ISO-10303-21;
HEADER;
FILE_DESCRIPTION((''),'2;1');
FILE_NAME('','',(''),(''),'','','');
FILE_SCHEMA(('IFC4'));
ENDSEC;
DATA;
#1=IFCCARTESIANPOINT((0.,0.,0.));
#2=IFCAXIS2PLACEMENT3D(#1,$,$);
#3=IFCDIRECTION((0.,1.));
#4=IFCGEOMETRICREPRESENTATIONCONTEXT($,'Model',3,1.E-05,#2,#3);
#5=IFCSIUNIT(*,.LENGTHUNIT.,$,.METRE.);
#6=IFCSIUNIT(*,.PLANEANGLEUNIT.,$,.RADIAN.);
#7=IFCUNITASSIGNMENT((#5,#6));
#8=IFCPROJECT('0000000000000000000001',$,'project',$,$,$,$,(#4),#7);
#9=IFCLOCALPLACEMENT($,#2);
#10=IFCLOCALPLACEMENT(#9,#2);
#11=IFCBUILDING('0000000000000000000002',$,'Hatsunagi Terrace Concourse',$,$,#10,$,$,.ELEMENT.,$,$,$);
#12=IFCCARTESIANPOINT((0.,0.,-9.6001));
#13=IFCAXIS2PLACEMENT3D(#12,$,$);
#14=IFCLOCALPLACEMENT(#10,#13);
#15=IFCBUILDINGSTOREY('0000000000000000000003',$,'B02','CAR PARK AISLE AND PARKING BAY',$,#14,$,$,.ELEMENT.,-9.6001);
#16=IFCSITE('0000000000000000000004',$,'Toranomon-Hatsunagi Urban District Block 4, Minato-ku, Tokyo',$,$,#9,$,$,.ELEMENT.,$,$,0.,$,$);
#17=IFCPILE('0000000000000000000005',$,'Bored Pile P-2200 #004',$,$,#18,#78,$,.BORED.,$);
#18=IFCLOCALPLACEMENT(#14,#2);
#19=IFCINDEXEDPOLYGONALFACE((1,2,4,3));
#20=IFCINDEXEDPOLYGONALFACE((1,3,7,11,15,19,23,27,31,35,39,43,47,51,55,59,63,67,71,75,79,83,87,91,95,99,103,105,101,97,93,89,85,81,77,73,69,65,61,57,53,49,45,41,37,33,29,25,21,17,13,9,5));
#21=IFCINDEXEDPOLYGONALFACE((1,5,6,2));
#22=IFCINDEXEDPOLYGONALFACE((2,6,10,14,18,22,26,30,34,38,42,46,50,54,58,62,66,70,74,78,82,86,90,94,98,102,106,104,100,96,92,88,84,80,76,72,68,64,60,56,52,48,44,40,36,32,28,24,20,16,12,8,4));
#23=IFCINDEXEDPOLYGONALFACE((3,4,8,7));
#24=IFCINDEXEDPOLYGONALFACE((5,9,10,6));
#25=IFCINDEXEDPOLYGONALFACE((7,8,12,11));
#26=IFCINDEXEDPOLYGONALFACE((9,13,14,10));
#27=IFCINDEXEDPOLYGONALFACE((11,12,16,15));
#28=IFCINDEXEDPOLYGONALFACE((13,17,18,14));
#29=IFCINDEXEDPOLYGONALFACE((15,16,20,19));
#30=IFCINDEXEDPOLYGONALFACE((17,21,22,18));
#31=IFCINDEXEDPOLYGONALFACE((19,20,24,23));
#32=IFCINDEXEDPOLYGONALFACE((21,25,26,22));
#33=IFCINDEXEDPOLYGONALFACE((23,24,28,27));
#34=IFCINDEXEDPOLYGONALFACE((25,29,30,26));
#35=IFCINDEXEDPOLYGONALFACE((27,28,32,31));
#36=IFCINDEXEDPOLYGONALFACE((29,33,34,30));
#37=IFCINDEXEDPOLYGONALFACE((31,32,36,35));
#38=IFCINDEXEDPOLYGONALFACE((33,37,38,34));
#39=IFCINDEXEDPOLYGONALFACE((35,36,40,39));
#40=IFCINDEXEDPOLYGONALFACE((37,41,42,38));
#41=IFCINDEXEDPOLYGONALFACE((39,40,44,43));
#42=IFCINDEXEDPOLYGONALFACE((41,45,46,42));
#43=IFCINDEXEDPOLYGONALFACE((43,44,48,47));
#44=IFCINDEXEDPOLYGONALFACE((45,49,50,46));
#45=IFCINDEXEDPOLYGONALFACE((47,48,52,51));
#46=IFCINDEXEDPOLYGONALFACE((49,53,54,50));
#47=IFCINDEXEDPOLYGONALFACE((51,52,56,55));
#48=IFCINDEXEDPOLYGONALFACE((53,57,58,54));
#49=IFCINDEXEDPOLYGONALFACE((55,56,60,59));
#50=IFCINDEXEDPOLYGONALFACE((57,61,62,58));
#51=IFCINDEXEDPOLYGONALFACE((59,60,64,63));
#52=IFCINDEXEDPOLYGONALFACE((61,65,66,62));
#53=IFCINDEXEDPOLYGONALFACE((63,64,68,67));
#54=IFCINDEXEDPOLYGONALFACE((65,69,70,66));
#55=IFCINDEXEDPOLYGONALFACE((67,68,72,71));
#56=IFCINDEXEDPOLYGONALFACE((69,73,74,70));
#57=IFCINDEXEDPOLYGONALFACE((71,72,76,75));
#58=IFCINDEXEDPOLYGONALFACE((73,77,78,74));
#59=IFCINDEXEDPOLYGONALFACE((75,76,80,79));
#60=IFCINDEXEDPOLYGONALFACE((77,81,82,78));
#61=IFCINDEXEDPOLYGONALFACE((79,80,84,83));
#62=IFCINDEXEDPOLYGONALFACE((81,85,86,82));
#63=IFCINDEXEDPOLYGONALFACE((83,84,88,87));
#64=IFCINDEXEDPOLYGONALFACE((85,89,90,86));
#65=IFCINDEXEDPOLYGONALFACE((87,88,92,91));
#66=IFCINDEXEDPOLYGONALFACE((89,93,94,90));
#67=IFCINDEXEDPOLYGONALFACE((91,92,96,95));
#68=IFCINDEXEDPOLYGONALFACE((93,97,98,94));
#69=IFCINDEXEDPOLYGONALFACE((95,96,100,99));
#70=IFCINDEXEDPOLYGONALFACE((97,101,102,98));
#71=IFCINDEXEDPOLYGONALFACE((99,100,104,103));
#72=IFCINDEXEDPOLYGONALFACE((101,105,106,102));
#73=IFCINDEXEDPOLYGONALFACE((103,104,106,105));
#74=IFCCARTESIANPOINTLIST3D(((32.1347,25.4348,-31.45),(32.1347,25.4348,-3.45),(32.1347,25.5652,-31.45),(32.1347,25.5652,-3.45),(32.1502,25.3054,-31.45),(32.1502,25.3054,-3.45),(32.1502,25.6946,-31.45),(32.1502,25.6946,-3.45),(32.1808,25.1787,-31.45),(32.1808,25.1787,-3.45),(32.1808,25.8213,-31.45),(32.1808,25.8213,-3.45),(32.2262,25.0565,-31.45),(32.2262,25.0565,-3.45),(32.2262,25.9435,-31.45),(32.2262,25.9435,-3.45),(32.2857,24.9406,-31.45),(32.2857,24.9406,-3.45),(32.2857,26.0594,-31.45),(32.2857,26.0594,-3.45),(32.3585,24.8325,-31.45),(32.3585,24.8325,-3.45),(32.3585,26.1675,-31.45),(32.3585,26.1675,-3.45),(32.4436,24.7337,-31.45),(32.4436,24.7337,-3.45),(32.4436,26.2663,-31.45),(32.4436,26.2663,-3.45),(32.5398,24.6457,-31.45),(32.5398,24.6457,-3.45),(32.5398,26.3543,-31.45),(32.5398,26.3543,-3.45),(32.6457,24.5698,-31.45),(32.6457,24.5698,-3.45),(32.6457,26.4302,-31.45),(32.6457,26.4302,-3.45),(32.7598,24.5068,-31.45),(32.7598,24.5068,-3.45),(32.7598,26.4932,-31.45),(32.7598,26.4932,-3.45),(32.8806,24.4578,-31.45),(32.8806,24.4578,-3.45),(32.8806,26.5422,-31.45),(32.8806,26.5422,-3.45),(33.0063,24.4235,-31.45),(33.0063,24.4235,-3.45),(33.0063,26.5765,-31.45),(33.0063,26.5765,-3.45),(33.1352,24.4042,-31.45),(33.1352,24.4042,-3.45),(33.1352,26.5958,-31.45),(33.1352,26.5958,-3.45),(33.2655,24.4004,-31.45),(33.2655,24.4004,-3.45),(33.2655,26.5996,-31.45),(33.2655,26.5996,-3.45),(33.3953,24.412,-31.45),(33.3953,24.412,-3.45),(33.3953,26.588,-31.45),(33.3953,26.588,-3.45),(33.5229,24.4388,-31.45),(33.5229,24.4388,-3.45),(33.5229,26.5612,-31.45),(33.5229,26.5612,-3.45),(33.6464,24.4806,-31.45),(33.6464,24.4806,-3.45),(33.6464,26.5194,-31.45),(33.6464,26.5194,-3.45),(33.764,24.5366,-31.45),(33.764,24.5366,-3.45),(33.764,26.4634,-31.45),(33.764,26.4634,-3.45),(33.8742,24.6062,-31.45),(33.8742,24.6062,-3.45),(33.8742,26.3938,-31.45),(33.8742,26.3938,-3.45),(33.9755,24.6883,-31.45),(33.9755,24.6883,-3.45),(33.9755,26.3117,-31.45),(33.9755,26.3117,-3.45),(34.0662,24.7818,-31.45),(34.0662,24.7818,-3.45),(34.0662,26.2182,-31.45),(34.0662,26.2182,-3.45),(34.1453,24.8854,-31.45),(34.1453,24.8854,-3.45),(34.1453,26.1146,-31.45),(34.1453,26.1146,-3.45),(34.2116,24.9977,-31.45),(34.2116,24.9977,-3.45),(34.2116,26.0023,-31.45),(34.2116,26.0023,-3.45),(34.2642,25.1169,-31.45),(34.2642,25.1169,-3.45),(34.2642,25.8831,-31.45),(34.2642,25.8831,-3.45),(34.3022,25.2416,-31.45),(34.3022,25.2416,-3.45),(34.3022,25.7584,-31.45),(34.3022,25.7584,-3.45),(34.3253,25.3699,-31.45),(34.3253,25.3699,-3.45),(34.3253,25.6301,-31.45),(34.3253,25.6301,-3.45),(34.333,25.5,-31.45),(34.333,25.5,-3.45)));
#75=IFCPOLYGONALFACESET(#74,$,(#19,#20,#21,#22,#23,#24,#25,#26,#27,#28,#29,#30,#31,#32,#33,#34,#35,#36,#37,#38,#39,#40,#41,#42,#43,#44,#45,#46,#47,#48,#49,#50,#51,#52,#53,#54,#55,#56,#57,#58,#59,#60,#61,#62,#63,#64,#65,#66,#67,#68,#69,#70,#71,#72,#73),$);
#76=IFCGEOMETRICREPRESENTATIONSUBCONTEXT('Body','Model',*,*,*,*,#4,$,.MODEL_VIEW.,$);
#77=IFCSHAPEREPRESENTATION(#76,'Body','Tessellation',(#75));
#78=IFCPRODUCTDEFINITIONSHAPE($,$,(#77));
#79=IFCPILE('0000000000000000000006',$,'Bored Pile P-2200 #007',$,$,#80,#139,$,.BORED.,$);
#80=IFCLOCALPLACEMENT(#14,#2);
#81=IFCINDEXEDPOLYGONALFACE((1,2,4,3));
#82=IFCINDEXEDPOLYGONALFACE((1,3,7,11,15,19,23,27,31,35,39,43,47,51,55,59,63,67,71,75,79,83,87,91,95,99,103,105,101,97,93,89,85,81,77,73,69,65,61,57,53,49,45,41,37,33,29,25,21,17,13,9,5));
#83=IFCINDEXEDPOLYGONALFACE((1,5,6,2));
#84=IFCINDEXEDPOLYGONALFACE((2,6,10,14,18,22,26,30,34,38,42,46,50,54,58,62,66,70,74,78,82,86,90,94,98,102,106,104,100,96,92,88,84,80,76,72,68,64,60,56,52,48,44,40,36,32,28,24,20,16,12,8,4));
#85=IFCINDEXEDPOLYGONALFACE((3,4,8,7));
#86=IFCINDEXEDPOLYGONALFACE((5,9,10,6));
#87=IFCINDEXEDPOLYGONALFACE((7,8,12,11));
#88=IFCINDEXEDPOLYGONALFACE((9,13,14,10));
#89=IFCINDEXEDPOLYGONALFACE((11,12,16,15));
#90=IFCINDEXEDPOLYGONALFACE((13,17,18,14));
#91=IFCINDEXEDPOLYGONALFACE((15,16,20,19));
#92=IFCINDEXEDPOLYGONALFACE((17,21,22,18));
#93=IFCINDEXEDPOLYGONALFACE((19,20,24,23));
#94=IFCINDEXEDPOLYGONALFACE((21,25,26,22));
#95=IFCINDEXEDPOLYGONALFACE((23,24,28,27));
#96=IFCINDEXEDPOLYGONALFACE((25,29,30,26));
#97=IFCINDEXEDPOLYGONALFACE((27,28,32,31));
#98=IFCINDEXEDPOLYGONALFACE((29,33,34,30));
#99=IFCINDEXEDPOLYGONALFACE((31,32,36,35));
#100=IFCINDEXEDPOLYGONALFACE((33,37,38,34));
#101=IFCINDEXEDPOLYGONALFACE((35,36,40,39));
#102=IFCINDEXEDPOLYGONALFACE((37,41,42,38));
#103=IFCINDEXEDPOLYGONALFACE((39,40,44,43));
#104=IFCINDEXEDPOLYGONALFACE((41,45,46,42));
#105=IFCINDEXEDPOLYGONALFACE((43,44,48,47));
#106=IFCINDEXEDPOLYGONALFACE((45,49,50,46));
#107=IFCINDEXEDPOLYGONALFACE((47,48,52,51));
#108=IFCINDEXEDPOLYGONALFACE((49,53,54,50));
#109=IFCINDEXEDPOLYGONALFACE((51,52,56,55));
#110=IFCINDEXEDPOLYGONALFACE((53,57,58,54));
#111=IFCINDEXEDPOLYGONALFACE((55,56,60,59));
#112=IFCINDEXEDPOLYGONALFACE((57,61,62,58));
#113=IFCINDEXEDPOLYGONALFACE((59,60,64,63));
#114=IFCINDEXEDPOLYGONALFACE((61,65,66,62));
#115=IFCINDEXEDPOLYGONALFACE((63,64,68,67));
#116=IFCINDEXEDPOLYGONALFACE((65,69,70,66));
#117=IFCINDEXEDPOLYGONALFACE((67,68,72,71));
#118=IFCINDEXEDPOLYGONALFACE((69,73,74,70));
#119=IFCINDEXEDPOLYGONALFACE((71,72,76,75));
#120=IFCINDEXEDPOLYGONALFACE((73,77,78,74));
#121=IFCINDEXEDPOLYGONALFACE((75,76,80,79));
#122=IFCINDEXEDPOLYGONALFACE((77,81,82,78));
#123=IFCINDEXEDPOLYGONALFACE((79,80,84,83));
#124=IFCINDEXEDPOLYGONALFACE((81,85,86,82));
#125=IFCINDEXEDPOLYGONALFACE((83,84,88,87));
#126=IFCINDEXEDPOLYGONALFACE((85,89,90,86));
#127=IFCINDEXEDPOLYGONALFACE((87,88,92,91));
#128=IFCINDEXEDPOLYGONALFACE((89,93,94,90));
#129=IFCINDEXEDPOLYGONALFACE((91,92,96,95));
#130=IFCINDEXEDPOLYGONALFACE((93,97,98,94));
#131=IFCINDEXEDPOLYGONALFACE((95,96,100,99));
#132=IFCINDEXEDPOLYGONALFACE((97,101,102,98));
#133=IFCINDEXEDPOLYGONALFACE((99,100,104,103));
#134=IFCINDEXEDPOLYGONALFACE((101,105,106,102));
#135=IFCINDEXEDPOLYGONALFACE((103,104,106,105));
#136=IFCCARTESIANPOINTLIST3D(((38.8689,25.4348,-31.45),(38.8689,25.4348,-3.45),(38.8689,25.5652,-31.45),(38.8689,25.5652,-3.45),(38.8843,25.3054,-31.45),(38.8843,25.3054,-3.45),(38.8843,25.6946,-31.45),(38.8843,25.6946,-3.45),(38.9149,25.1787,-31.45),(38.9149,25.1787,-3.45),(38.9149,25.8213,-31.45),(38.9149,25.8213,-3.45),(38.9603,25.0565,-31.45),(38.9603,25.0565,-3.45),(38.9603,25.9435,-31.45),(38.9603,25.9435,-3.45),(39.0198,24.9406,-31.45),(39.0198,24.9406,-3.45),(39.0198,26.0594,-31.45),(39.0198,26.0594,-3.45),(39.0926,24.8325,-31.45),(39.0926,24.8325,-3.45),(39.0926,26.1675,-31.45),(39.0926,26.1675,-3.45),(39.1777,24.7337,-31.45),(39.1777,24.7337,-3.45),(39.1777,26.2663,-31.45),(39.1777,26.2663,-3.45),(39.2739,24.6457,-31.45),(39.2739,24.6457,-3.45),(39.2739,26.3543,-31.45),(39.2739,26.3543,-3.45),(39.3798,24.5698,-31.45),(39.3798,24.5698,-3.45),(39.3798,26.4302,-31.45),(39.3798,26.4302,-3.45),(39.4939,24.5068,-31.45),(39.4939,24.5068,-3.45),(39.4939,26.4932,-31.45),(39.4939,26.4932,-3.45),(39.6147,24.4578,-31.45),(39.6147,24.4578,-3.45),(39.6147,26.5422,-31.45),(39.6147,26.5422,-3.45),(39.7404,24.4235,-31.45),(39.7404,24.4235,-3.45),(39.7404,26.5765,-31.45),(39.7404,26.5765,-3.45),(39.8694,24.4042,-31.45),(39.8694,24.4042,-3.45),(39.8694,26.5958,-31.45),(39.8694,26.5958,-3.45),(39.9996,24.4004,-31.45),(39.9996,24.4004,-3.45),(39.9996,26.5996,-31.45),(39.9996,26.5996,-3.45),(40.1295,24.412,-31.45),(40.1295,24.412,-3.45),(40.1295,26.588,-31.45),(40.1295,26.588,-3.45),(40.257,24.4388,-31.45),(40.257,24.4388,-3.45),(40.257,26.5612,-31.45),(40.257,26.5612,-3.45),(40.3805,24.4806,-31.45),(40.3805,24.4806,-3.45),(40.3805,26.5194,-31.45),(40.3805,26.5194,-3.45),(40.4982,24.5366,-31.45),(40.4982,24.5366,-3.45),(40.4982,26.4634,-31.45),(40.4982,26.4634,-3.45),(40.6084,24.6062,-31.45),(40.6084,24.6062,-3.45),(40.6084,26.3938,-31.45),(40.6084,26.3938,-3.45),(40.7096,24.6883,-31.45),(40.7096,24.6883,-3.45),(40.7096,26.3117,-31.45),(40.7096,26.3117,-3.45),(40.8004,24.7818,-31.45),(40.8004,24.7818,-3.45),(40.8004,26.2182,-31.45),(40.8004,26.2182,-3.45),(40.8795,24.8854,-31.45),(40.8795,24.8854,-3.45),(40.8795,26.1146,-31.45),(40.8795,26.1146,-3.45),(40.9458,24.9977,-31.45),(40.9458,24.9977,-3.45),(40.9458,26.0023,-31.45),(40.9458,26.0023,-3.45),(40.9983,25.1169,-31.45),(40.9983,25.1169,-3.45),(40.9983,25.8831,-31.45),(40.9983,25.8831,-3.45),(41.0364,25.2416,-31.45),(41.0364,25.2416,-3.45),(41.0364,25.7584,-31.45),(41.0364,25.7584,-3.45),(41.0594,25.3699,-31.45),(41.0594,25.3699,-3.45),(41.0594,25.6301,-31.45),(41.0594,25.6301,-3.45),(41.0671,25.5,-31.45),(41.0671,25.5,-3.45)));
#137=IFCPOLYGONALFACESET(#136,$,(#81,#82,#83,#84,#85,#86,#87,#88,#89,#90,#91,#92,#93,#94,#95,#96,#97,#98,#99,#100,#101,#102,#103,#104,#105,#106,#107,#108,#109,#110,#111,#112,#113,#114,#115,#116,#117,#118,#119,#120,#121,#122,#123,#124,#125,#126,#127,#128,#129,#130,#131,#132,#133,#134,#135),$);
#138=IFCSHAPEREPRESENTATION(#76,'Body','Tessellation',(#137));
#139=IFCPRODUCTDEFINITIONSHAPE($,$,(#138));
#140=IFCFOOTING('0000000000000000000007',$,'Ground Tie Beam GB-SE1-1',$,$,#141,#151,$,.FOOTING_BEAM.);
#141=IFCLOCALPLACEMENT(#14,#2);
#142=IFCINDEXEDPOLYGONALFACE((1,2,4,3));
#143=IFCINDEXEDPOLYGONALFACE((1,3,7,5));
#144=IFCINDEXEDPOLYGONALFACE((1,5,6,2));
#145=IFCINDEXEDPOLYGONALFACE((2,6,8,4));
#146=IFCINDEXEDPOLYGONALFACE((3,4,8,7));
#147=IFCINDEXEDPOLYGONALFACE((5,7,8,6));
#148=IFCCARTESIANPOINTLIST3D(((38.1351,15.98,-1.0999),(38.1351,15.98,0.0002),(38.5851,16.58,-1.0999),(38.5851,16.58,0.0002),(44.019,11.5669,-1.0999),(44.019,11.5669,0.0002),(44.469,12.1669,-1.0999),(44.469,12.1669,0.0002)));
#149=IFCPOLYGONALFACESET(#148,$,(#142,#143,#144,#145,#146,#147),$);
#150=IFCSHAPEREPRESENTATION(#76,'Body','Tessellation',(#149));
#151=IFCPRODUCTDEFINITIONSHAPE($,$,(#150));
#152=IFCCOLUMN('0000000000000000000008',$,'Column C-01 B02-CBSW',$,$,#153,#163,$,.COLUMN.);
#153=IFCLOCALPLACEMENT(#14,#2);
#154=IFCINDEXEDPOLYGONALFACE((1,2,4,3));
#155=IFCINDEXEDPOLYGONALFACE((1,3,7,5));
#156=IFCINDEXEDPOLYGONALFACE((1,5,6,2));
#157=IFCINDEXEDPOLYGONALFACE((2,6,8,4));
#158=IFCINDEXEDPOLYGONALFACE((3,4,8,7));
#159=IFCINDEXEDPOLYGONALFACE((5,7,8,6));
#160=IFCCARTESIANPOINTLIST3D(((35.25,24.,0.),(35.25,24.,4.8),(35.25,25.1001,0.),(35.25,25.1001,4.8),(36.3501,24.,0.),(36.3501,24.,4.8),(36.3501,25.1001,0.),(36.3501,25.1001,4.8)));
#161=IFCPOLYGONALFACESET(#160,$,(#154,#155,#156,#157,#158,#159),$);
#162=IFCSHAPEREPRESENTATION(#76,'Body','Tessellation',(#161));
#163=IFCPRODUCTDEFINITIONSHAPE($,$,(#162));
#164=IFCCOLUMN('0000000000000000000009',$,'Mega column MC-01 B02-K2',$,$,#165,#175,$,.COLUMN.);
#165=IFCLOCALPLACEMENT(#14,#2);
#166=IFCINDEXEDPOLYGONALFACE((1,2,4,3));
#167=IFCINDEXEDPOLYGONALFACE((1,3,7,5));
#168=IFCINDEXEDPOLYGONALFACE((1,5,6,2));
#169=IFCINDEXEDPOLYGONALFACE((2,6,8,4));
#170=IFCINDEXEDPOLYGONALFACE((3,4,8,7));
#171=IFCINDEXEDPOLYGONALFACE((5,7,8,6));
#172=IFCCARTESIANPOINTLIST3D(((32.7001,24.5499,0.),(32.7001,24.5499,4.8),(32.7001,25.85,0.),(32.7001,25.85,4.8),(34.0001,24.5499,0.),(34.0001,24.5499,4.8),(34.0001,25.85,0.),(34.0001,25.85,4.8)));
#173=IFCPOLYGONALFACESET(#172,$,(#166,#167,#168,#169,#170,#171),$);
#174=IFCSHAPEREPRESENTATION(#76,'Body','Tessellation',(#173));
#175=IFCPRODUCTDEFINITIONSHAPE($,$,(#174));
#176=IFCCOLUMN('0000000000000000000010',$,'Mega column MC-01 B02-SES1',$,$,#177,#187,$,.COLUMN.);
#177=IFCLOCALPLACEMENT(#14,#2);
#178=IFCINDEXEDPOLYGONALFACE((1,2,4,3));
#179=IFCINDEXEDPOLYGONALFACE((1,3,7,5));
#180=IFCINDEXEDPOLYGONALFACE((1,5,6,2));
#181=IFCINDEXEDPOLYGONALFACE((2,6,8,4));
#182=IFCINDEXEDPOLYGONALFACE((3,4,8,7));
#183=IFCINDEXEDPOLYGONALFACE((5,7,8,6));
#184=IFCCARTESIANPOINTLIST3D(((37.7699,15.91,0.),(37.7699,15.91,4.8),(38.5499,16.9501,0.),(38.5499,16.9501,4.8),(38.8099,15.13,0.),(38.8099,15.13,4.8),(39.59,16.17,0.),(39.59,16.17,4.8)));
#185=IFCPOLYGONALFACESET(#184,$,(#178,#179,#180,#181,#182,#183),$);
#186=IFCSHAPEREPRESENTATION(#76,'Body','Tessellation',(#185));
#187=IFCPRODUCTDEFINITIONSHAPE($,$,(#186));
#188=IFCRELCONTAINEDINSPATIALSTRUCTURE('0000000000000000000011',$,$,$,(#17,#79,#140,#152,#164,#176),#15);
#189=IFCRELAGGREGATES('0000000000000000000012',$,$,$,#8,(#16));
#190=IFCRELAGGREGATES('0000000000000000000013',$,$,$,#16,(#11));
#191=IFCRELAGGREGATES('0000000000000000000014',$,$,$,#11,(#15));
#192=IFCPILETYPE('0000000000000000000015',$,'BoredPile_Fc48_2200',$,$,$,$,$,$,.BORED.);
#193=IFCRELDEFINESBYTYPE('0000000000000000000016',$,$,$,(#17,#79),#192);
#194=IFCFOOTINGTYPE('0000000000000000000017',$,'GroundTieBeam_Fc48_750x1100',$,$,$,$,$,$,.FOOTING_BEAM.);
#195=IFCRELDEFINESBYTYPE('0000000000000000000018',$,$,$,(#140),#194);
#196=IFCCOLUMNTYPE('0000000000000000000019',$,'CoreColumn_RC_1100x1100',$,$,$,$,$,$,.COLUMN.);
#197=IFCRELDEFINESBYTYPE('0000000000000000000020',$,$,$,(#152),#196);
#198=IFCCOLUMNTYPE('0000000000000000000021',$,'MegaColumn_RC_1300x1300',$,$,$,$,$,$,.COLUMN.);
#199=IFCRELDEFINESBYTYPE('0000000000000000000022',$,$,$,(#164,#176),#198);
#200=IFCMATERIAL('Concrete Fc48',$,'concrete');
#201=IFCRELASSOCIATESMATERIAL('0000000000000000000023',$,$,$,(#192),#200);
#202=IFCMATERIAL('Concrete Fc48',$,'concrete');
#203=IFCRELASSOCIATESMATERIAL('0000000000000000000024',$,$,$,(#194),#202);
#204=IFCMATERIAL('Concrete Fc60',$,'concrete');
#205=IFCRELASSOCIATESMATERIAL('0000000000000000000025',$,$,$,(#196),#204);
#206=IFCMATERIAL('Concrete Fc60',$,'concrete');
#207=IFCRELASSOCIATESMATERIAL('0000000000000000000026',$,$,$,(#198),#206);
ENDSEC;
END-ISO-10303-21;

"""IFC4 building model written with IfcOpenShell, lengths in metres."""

from ifc_helpers import new_model, si_unit, direction, frame, origin, origin_2d, place, context, subcontext, project, spatial, rectangle, circle, extrude, material, material_profile, profile_set, type_object, element, save


model = new_model("IFC4")

# Units and contexts
model_context = context("Model", 3, precision=1e-05, world=origin(), true_north=direction((0.0, 1.0)))
body_context = subcontext(model_context, "Body", "Model", "MODEL_VIEW")
ifc_project = project(units=[si_unit("LENGTHUNIT", "METRE"), si_unit("PLANEANGLEUNIT", "RADIAN")], contexts=[model_context])

# Site, building, storey
site_placement = place(None, origin())
site = spatial("IfcSite", under=ifc_project, at=site_placement, Name="Toranomon-Hatsunagi Urban District Block 4, Minato-ku, Tokyo", CompositionType="ELEMENT", RefElevation=0.0)
building_placement = place(site_placement, origin())
building = spatial("IfcBuilding", under=site, at=building_placement, Name="Hatsunagi Terrace Concourse", CompositionType="ELEMENT")
storey_placement = place(building_placement, frame((0.0, 0.0, -9.6001)))
storey = spatial("IfcBuildingStorey", under=building, at=storey_placement, Name="B02", Description="CAR PARK AISLE AND PARKING BAY", CompositionType="ELEMENT", Elevation=-9.6001)

# Piles
ifc_material_1 = material(Name="Concrete Fc48", Category="concrete")
ifc_material_profile_1 = material_profile(ifc_material_1, circle(Radius=1.1001, at=origin_2d()), Name="PILE-2200")
ifc_profile_set_1 = profile_set([ifc_material_profile_1], Name="Concrete Fc48")
pile_type = type_object("IfcPileType", Name="BoredPile_Fc48_2200", PredefinedType="BORED", material=ifc_profile_set_1)
for number, where, z_axis, x_axis, name in (
    (1, (33.2329, 25.5, -3.45), (0.0, 0.0, -1.0), (1.0, 0.0, 0.0), "Bored Pile P-2200 #004"),
    (2, (39.967, 25.5, -3.45), (0.0, 0.0, -1.0), (1.0, 0.0, 0.0), "Bored Pile P-2200 #007"),
):
    element("IfcPile", number, at=place(storey_placement, frame(where, z_axis=z_axis, x_axis=x_axis)), inside=storey, type_object=pile_type, Name=name, PredefinedType="BORED", context=body_context, shape_type="SweptSolid", body=[
        extrude(circle(Radius=1.1001, at=origin_2d()), origin(), (0.0, 0.0, 1.0), 28.0),
    ])

# Footing
ifc_material_2 = material(Name="Concrete Fc48", Category="concrete")
ifc_material_profile_2 = material_profile(ifc_material_2, rectangle(XDim=0.75, YDim=1.1001, at=origin_2d()), Name="RC-750x1100")
ifc_profile_set_2 = profile_set([ifc_material_profile_2], Name="Concrete Fc48")
footing_type = type_object("IfcFootingType", Name="GroundTieBeam_Fc48_750x1100", PredefinedType="FOOTING_BEAM", material=ifc_profile_set_2)
footing_placement = place(storey_placement, frame((38.3601, 16.28, -0.5498), z_axis=(0.799984, -0.600021, 0.0), x_axis=(0.600021, 0.799984, 0.0)))
element("IfcFooting", 3, at=footing_placement, inside=storey, type_object=footing_type, Name="Ground Tie Beam GB-SE1-1", PredefinedType="FOOTING_BEAM", context=body_context, shape_type="SweptSolid", body=[
    extrude(rectangle(XDim=0.75, YDim=1.1001, at=origin_2d()), origin(), (0.0, 0.0, 1.0), 7.355),
])

# Columns
ifc_material_3 = material(Name="Concrete Fc60", Category="concrete")
ifc_material_profile_3 = material_profile(ifc_material_3, rectangle(XDim=1.1001, YDim=1.1001, at=origin_2d()), Name="RC-1100x1100")
ifc_profile_set_3 = profile_set([ifc_material_profile_3], Name="Concrete Fc60")
column_type_1 = type_object("IfcColumnType", Name="CoreColumn_RC_1100x1100", PredefinedType="COLUMN", material=ifc_profile_set_3)
column_placement = place(storey_placement, frame((35.8, 24.55, 0.0), z_axis=(0.0, 0.0, 1.0), x_axis=(1.0, 0.0, 0.0)))
element("IfcColumn", 4, at=column_placement, inside=storey, type_object=column_type_1, Name="Column C-01 B02-CBSW", PredefinedType="COLUMN", context=body_context, shape_type="SweptSolid", body=[
    extrude(rectangle(XDim=1.1001, YDim=1.1001, at=origin_2d()), origin(), (0.0, 0.0, 1.0), 4.8),
])
ifc_material_4 = material(Name="Concrete Fc60", Category="concrete")
ifc_material_profile_4 = material_profile(ifc_material_4, rectangle(XDim=1.3, YDim=1.3, at=origin_2d()), Name="RC-1300x1300")
ifc_profile_set_4 = profile_set([ifc_material_profile_4], Name="Concrete Fc60")
column_type_2 = type_object("IfcColumnType", Name="MegaColumn_RC_1300x1300", PredefinedType="COLUMN", material=ifc_profile_set_4)
for number, where, z_axis, x_axis, name in (
    (5, (33.3501, 25.2, 0.0), (0.0, 0.0, 1.0), (1.0, 0.0, 0.0), "Mega column MC-01 B02-K2"),
    (6, (38.6799, 16.04, 0.0), (0.0, 0.0, 1.0), (0.8, -0.6, 0.0), "Mega column MC-01 B02-SES1"),
):
    element("IfcColumn", number, at=place(storey_placement, frame(where, z_axis=z_axis, x_axis=x_axis)), inside=storey, type_object=column_type_2, Name=name, PredefinedType="COLUMN", context=body_context, shape_type="SweptSolid", body=[
        extrude(rectangle(XDim=1.3, YDim=1.3, at=origin_2d()), origin(), (0.0, 0.0, 1.0), 4.8),
    ])

save(model, "model.ifc")
